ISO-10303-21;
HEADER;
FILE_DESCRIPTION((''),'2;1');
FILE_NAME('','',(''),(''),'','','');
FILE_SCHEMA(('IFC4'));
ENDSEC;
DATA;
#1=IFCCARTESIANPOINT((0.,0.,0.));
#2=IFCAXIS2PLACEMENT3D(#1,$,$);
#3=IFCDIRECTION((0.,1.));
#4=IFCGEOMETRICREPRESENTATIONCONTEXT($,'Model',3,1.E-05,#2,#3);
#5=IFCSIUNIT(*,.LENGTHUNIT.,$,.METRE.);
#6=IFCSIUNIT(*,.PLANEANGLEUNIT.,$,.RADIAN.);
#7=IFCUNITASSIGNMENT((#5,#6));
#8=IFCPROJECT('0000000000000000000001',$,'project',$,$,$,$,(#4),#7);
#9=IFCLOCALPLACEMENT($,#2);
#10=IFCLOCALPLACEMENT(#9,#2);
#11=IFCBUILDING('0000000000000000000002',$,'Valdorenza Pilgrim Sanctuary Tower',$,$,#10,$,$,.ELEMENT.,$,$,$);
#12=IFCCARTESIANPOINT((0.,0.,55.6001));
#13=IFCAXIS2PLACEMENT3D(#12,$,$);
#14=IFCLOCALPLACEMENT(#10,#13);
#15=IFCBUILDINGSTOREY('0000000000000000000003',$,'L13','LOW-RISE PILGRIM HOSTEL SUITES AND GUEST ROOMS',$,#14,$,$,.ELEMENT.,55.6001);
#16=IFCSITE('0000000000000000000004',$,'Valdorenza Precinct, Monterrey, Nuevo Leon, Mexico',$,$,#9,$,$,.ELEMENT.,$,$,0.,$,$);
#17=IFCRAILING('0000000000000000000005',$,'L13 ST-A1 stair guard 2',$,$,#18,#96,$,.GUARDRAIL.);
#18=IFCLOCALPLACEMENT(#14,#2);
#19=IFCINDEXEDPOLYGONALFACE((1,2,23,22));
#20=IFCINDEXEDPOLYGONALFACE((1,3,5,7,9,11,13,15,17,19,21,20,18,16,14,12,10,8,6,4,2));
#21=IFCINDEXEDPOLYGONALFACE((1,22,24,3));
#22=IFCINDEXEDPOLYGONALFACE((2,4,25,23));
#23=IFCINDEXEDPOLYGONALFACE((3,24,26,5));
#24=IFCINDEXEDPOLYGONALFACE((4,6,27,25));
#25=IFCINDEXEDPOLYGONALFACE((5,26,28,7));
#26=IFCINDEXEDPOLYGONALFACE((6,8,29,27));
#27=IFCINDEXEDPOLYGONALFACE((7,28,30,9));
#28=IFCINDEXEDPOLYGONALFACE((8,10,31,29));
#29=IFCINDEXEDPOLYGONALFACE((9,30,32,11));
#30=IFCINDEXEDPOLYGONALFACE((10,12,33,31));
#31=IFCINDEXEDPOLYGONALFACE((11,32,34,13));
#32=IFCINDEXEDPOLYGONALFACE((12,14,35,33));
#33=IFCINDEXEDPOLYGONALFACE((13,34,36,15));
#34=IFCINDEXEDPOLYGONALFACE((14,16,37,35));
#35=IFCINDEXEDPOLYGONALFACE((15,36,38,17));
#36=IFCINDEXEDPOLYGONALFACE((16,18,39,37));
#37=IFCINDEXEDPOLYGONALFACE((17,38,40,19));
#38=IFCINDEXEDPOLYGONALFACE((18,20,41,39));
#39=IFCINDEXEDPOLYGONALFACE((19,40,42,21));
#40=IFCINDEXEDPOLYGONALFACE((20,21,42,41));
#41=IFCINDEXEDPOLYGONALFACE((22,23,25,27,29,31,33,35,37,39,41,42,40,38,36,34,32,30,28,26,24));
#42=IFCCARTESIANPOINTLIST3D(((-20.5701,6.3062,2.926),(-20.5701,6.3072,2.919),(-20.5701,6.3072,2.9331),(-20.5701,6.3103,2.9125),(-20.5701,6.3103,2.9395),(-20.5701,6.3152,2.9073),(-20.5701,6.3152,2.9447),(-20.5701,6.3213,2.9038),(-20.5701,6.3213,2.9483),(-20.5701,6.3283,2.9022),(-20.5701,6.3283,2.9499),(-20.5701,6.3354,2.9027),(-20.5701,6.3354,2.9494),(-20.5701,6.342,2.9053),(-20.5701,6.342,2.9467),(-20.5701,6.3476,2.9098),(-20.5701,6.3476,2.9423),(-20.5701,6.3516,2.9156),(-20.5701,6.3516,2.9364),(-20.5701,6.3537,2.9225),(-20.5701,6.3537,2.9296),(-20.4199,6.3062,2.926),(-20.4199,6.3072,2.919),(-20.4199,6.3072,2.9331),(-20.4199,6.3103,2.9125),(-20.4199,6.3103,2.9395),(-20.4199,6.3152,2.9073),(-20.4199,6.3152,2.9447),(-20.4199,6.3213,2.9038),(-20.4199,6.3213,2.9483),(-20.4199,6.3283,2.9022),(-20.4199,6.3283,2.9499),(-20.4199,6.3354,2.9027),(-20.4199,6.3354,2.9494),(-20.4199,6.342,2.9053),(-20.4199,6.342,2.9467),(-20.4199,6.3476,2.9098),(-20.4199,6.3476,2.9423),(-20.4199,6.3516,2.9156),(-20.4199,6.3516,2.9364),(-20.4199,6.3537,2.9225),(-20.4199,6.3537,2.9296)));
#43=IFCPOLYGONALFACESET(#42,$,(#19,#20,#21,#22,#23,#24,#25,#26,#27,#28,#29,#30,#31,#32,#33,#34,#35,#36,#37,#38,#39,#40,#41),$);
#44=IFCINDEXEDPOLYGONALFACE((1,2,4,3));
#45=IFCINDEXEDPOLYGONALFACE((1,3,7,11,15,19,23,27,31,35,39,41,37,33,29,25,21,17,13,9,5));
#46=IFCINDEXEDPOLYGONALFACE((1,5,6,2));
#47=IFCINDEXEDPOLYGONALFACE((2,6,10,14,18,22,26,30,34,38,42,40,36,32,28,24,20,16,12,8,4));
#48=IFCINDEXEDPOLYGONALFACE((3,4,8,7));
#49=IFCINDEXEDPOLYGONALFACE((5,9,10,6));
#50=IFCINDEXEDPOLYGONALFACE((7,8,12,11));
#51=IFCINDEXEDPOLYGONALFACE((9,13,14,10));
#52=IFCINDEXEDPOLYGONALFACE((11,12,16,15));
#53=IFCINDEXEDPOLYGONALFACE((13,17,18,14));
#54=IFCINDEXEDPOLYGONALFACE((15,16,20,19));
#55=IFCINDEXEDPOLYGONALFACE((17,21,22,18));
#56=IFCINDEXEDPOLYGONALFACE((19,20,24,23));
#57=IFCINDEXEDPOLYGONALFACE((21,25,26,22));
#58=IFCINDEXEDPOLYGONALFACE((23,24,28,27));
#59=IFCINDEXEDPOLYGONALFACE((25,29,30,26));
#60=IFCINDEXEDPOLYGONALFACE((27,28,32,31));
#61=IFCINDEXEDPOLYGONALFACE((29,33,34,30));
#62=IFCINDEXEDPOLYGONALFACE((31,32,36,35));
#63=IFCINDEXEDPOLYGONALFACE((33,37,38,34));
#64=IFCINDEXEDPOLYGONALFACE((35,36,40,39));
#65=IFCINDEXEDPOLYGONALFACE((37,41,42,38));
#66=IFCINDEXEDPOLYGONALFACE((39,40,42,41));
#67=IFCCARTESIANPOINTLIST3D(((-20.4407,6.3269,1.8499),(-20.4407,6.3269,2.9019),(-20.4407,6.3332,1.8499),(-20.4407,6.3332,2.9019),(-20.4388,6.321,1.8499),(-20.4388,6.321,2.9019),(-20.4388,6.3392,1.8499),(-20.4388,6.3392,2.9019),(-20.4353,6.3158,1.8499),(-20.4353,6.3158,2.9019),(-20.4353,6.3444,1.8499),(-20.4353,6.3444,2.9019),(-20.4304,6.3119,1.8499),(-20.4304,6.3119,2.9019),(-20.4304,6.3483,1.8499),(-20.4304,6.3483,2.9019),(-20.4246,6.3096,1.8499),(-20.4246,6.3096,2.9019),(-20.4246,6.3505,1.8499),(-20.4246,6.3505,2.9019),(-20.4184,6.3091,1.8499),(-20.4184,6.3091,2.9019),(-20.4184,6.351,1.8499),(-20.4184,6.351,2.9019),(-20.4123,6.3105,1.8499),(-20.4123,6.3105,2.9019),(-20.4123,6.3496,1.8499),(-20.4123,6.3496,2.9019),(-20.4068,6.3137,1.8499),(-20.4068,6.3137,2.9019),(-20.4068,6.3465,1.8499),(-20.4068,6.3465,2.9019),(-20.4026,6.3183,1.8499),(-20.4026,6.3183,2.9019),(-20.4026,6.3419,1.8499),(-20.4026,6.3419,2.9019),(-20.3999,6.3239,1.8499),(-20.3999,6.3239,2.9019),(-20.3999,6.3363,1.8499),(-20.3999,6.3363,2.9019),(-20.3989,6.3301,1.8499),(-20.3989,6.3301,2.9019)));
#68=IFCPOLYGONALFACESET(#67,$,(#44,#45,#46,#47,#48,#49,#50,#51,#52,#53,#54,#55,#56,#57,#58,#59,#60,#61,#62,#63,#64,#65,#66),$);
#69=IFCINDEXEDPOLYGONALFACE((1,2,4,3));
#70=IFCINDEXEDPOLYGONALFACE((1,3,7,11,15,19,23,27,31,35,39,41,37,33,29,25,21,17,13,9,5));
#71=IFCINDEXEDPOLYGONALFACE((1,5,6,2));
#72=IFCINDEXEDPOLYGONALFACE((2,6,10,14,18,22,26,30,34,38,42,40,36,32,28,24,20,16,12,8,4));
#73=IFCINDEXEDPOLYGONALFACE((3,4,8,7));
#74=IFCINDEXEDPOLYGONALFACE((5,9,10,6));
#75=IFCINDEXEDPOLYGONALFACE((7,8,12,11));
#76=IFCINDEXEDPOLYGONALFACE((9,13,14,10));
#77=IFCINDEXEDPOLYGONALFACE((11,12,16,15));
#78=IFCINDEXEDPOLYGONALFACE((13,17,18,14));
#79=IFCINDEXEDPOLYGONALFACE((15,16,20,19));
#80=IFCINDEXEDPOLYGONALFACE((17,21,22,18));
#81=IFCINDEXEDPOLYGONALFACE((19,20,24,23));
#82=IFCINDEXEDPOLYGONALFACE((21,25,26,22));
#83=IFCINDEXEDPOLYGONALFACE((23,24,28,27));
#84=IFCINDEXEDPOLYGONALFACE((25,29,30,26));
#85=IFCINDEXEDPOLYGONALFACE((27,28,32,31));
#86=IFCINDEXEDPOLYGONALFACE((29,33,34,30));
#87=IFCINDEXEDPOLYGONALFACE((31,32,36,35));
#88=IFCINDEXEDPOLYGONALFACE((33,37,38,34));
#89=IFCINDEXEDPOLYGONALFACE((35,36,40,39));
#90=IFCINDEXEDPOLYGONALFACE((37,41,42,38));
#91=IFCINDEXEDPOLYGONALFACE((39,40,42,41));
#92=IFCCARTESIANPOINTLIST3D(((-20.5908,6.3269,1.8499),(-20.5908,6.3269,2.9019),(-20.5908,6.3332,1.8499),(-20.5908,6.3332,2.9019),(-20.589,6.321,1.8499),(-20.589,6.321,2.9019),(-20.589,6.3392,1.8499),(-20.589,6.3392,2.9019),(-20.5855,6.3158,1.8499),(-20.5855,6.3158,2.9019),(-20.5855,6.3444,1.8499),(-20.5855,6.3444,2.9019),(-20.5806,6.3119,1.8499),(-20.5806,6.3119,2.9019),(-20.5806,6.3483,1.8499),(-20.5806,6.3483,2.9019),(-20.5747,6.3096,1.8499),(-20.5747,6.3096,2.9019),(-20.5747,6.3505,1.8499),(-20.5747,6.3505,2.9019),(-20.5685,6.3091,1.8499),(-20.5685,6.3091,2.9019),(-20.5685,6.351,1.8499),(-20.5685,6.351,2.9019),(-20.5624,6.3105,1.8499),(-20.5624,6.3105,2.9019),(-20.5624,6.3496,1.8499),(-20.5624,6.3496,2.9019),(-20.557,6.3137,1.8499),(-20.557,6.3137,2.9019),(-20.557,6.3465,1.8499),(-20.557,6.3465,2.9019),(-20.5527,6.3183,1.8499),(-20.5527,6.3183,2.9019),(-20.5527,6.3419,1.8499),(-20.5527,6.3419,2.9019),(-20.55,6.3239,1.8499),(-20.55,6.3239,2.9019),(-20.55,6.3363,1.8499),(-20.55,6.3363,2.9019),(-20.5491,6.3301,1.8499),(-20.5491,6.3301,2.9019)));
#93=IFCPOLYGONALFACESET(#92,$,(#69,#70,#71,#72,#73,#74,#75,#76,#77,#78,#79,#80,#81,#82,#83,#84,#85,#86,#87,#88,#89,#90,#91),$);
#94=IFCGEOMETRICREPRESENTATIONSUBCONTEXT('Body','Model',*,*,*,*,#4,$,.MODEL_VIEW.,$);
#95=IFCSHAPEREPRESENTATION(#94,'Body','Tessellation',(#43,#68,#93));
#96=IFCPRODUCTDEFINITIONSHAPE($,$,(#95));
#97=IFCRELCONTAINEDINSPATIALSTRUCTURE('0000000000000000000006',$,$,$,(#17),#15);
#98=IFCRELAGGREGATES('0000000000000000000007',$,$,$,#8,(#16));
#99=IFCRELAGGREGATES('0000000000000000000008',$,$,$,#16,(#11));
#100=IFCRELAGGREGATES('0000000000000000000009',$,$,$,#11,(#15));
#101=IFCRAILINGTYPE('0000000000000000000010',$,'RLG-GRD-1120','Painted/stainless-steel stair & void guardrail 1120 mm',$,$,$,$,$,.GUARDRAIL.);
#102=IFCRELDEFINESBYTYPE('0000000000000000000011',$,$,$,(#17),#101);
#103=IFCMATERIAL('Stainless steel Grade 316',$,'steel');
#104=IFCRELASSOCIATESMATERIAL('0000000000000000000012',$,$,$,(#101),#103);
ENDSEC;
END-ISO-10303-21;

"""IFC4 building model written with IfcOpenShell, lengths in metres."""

from ifc_helpers import new_model, si_unit, direction, frame, origin, origin_2d, place, context, subcontext, project, spatial, circle, extrude, material, type_object, element, save


model = new_model("IFC4")

# Units and contexts
model_context = context("Model", 3, precision=1e-05, world=origin(), true_north=direction((0.0, 1.0)))
body_context = subcontext(model_context, "Body", "Model", "MODEL_VIEW")
ifc_project = project(units=[si_unit("LENGTHUNIT", "METRE"), si_unit("PLANEANGLEUNIT", "RADIAN")], contexts=[model_context])

# Site, building, storey
site_placement = place(None, origin())
site = spatial("IfcSite", under=ifc_project, at=site_placement, Name="Valdorenza Precinct, Monterrey, Nuevo Leon, Mexico", CompositionType="ELEMENT", RefElevation=0.0)
building_placement = place(site_placement, origin())
building = spatial("IfcBuilding", under=site, at=building_placement, Name="Valdorenza Pilgrim Sanctuary Tower", CompositionType="ELEMENT")
storey_placement = place(building_placement, frame((0.0, 0.0, 55.6001)))
storey = spatial("IfcBuildingStorey", under=building, at=storey_placement, Name="L13", Description="LOW-RISE PILGRIM HOSTEL SUITES AND GUEST ROOMS", CompositionType="ELEMENT", Elevation=55.6001)

# Railing
ifc_material_1 = material(Name="Stainless steel Grade 316", Category="steel")
railing_type_1 = type_object("IfcRailingType", Name="RLG-GRD-1120", Description="Painted/stainless-steel stair & void guardrail 1120 mm", PredefinedType="GUARDRAIL", material=ifc_material_1)
railing_1_placement = place(storey_placement, frame((-20.4199, 6.3301, 1.8499)))
element("IfcRailing", 1, at=railing_1_placement, inside=storey, type_object=railing_type_1, Name="L13 ST-A1 stair guard 2", PredefinedType="GUARDRAIL", context=body_context, shape_type="SweptSolid", body=[
    extrude(circle(Radius=0.0239, at=origin_2d()), frame((0.0, 0.0, 1.0762), z_axis=(-1.0, 0.0, 0.0), x_axis=(0.0, -1.0, 0.0)), (0.0, 0.0, 1.0), 0.1501),
    extrude(circle(Radius=0.021, at=origin_2d()), origin(), (0.0, 0.0, 1.0), 1.052),
    extrude(circle(Radius=0.021, at=origin_2d()), frame((-0.1501, 0.0, 0.0)), (0.0, 0.0, 1.0), 1.052),
])

save(model, "model.ifc")
